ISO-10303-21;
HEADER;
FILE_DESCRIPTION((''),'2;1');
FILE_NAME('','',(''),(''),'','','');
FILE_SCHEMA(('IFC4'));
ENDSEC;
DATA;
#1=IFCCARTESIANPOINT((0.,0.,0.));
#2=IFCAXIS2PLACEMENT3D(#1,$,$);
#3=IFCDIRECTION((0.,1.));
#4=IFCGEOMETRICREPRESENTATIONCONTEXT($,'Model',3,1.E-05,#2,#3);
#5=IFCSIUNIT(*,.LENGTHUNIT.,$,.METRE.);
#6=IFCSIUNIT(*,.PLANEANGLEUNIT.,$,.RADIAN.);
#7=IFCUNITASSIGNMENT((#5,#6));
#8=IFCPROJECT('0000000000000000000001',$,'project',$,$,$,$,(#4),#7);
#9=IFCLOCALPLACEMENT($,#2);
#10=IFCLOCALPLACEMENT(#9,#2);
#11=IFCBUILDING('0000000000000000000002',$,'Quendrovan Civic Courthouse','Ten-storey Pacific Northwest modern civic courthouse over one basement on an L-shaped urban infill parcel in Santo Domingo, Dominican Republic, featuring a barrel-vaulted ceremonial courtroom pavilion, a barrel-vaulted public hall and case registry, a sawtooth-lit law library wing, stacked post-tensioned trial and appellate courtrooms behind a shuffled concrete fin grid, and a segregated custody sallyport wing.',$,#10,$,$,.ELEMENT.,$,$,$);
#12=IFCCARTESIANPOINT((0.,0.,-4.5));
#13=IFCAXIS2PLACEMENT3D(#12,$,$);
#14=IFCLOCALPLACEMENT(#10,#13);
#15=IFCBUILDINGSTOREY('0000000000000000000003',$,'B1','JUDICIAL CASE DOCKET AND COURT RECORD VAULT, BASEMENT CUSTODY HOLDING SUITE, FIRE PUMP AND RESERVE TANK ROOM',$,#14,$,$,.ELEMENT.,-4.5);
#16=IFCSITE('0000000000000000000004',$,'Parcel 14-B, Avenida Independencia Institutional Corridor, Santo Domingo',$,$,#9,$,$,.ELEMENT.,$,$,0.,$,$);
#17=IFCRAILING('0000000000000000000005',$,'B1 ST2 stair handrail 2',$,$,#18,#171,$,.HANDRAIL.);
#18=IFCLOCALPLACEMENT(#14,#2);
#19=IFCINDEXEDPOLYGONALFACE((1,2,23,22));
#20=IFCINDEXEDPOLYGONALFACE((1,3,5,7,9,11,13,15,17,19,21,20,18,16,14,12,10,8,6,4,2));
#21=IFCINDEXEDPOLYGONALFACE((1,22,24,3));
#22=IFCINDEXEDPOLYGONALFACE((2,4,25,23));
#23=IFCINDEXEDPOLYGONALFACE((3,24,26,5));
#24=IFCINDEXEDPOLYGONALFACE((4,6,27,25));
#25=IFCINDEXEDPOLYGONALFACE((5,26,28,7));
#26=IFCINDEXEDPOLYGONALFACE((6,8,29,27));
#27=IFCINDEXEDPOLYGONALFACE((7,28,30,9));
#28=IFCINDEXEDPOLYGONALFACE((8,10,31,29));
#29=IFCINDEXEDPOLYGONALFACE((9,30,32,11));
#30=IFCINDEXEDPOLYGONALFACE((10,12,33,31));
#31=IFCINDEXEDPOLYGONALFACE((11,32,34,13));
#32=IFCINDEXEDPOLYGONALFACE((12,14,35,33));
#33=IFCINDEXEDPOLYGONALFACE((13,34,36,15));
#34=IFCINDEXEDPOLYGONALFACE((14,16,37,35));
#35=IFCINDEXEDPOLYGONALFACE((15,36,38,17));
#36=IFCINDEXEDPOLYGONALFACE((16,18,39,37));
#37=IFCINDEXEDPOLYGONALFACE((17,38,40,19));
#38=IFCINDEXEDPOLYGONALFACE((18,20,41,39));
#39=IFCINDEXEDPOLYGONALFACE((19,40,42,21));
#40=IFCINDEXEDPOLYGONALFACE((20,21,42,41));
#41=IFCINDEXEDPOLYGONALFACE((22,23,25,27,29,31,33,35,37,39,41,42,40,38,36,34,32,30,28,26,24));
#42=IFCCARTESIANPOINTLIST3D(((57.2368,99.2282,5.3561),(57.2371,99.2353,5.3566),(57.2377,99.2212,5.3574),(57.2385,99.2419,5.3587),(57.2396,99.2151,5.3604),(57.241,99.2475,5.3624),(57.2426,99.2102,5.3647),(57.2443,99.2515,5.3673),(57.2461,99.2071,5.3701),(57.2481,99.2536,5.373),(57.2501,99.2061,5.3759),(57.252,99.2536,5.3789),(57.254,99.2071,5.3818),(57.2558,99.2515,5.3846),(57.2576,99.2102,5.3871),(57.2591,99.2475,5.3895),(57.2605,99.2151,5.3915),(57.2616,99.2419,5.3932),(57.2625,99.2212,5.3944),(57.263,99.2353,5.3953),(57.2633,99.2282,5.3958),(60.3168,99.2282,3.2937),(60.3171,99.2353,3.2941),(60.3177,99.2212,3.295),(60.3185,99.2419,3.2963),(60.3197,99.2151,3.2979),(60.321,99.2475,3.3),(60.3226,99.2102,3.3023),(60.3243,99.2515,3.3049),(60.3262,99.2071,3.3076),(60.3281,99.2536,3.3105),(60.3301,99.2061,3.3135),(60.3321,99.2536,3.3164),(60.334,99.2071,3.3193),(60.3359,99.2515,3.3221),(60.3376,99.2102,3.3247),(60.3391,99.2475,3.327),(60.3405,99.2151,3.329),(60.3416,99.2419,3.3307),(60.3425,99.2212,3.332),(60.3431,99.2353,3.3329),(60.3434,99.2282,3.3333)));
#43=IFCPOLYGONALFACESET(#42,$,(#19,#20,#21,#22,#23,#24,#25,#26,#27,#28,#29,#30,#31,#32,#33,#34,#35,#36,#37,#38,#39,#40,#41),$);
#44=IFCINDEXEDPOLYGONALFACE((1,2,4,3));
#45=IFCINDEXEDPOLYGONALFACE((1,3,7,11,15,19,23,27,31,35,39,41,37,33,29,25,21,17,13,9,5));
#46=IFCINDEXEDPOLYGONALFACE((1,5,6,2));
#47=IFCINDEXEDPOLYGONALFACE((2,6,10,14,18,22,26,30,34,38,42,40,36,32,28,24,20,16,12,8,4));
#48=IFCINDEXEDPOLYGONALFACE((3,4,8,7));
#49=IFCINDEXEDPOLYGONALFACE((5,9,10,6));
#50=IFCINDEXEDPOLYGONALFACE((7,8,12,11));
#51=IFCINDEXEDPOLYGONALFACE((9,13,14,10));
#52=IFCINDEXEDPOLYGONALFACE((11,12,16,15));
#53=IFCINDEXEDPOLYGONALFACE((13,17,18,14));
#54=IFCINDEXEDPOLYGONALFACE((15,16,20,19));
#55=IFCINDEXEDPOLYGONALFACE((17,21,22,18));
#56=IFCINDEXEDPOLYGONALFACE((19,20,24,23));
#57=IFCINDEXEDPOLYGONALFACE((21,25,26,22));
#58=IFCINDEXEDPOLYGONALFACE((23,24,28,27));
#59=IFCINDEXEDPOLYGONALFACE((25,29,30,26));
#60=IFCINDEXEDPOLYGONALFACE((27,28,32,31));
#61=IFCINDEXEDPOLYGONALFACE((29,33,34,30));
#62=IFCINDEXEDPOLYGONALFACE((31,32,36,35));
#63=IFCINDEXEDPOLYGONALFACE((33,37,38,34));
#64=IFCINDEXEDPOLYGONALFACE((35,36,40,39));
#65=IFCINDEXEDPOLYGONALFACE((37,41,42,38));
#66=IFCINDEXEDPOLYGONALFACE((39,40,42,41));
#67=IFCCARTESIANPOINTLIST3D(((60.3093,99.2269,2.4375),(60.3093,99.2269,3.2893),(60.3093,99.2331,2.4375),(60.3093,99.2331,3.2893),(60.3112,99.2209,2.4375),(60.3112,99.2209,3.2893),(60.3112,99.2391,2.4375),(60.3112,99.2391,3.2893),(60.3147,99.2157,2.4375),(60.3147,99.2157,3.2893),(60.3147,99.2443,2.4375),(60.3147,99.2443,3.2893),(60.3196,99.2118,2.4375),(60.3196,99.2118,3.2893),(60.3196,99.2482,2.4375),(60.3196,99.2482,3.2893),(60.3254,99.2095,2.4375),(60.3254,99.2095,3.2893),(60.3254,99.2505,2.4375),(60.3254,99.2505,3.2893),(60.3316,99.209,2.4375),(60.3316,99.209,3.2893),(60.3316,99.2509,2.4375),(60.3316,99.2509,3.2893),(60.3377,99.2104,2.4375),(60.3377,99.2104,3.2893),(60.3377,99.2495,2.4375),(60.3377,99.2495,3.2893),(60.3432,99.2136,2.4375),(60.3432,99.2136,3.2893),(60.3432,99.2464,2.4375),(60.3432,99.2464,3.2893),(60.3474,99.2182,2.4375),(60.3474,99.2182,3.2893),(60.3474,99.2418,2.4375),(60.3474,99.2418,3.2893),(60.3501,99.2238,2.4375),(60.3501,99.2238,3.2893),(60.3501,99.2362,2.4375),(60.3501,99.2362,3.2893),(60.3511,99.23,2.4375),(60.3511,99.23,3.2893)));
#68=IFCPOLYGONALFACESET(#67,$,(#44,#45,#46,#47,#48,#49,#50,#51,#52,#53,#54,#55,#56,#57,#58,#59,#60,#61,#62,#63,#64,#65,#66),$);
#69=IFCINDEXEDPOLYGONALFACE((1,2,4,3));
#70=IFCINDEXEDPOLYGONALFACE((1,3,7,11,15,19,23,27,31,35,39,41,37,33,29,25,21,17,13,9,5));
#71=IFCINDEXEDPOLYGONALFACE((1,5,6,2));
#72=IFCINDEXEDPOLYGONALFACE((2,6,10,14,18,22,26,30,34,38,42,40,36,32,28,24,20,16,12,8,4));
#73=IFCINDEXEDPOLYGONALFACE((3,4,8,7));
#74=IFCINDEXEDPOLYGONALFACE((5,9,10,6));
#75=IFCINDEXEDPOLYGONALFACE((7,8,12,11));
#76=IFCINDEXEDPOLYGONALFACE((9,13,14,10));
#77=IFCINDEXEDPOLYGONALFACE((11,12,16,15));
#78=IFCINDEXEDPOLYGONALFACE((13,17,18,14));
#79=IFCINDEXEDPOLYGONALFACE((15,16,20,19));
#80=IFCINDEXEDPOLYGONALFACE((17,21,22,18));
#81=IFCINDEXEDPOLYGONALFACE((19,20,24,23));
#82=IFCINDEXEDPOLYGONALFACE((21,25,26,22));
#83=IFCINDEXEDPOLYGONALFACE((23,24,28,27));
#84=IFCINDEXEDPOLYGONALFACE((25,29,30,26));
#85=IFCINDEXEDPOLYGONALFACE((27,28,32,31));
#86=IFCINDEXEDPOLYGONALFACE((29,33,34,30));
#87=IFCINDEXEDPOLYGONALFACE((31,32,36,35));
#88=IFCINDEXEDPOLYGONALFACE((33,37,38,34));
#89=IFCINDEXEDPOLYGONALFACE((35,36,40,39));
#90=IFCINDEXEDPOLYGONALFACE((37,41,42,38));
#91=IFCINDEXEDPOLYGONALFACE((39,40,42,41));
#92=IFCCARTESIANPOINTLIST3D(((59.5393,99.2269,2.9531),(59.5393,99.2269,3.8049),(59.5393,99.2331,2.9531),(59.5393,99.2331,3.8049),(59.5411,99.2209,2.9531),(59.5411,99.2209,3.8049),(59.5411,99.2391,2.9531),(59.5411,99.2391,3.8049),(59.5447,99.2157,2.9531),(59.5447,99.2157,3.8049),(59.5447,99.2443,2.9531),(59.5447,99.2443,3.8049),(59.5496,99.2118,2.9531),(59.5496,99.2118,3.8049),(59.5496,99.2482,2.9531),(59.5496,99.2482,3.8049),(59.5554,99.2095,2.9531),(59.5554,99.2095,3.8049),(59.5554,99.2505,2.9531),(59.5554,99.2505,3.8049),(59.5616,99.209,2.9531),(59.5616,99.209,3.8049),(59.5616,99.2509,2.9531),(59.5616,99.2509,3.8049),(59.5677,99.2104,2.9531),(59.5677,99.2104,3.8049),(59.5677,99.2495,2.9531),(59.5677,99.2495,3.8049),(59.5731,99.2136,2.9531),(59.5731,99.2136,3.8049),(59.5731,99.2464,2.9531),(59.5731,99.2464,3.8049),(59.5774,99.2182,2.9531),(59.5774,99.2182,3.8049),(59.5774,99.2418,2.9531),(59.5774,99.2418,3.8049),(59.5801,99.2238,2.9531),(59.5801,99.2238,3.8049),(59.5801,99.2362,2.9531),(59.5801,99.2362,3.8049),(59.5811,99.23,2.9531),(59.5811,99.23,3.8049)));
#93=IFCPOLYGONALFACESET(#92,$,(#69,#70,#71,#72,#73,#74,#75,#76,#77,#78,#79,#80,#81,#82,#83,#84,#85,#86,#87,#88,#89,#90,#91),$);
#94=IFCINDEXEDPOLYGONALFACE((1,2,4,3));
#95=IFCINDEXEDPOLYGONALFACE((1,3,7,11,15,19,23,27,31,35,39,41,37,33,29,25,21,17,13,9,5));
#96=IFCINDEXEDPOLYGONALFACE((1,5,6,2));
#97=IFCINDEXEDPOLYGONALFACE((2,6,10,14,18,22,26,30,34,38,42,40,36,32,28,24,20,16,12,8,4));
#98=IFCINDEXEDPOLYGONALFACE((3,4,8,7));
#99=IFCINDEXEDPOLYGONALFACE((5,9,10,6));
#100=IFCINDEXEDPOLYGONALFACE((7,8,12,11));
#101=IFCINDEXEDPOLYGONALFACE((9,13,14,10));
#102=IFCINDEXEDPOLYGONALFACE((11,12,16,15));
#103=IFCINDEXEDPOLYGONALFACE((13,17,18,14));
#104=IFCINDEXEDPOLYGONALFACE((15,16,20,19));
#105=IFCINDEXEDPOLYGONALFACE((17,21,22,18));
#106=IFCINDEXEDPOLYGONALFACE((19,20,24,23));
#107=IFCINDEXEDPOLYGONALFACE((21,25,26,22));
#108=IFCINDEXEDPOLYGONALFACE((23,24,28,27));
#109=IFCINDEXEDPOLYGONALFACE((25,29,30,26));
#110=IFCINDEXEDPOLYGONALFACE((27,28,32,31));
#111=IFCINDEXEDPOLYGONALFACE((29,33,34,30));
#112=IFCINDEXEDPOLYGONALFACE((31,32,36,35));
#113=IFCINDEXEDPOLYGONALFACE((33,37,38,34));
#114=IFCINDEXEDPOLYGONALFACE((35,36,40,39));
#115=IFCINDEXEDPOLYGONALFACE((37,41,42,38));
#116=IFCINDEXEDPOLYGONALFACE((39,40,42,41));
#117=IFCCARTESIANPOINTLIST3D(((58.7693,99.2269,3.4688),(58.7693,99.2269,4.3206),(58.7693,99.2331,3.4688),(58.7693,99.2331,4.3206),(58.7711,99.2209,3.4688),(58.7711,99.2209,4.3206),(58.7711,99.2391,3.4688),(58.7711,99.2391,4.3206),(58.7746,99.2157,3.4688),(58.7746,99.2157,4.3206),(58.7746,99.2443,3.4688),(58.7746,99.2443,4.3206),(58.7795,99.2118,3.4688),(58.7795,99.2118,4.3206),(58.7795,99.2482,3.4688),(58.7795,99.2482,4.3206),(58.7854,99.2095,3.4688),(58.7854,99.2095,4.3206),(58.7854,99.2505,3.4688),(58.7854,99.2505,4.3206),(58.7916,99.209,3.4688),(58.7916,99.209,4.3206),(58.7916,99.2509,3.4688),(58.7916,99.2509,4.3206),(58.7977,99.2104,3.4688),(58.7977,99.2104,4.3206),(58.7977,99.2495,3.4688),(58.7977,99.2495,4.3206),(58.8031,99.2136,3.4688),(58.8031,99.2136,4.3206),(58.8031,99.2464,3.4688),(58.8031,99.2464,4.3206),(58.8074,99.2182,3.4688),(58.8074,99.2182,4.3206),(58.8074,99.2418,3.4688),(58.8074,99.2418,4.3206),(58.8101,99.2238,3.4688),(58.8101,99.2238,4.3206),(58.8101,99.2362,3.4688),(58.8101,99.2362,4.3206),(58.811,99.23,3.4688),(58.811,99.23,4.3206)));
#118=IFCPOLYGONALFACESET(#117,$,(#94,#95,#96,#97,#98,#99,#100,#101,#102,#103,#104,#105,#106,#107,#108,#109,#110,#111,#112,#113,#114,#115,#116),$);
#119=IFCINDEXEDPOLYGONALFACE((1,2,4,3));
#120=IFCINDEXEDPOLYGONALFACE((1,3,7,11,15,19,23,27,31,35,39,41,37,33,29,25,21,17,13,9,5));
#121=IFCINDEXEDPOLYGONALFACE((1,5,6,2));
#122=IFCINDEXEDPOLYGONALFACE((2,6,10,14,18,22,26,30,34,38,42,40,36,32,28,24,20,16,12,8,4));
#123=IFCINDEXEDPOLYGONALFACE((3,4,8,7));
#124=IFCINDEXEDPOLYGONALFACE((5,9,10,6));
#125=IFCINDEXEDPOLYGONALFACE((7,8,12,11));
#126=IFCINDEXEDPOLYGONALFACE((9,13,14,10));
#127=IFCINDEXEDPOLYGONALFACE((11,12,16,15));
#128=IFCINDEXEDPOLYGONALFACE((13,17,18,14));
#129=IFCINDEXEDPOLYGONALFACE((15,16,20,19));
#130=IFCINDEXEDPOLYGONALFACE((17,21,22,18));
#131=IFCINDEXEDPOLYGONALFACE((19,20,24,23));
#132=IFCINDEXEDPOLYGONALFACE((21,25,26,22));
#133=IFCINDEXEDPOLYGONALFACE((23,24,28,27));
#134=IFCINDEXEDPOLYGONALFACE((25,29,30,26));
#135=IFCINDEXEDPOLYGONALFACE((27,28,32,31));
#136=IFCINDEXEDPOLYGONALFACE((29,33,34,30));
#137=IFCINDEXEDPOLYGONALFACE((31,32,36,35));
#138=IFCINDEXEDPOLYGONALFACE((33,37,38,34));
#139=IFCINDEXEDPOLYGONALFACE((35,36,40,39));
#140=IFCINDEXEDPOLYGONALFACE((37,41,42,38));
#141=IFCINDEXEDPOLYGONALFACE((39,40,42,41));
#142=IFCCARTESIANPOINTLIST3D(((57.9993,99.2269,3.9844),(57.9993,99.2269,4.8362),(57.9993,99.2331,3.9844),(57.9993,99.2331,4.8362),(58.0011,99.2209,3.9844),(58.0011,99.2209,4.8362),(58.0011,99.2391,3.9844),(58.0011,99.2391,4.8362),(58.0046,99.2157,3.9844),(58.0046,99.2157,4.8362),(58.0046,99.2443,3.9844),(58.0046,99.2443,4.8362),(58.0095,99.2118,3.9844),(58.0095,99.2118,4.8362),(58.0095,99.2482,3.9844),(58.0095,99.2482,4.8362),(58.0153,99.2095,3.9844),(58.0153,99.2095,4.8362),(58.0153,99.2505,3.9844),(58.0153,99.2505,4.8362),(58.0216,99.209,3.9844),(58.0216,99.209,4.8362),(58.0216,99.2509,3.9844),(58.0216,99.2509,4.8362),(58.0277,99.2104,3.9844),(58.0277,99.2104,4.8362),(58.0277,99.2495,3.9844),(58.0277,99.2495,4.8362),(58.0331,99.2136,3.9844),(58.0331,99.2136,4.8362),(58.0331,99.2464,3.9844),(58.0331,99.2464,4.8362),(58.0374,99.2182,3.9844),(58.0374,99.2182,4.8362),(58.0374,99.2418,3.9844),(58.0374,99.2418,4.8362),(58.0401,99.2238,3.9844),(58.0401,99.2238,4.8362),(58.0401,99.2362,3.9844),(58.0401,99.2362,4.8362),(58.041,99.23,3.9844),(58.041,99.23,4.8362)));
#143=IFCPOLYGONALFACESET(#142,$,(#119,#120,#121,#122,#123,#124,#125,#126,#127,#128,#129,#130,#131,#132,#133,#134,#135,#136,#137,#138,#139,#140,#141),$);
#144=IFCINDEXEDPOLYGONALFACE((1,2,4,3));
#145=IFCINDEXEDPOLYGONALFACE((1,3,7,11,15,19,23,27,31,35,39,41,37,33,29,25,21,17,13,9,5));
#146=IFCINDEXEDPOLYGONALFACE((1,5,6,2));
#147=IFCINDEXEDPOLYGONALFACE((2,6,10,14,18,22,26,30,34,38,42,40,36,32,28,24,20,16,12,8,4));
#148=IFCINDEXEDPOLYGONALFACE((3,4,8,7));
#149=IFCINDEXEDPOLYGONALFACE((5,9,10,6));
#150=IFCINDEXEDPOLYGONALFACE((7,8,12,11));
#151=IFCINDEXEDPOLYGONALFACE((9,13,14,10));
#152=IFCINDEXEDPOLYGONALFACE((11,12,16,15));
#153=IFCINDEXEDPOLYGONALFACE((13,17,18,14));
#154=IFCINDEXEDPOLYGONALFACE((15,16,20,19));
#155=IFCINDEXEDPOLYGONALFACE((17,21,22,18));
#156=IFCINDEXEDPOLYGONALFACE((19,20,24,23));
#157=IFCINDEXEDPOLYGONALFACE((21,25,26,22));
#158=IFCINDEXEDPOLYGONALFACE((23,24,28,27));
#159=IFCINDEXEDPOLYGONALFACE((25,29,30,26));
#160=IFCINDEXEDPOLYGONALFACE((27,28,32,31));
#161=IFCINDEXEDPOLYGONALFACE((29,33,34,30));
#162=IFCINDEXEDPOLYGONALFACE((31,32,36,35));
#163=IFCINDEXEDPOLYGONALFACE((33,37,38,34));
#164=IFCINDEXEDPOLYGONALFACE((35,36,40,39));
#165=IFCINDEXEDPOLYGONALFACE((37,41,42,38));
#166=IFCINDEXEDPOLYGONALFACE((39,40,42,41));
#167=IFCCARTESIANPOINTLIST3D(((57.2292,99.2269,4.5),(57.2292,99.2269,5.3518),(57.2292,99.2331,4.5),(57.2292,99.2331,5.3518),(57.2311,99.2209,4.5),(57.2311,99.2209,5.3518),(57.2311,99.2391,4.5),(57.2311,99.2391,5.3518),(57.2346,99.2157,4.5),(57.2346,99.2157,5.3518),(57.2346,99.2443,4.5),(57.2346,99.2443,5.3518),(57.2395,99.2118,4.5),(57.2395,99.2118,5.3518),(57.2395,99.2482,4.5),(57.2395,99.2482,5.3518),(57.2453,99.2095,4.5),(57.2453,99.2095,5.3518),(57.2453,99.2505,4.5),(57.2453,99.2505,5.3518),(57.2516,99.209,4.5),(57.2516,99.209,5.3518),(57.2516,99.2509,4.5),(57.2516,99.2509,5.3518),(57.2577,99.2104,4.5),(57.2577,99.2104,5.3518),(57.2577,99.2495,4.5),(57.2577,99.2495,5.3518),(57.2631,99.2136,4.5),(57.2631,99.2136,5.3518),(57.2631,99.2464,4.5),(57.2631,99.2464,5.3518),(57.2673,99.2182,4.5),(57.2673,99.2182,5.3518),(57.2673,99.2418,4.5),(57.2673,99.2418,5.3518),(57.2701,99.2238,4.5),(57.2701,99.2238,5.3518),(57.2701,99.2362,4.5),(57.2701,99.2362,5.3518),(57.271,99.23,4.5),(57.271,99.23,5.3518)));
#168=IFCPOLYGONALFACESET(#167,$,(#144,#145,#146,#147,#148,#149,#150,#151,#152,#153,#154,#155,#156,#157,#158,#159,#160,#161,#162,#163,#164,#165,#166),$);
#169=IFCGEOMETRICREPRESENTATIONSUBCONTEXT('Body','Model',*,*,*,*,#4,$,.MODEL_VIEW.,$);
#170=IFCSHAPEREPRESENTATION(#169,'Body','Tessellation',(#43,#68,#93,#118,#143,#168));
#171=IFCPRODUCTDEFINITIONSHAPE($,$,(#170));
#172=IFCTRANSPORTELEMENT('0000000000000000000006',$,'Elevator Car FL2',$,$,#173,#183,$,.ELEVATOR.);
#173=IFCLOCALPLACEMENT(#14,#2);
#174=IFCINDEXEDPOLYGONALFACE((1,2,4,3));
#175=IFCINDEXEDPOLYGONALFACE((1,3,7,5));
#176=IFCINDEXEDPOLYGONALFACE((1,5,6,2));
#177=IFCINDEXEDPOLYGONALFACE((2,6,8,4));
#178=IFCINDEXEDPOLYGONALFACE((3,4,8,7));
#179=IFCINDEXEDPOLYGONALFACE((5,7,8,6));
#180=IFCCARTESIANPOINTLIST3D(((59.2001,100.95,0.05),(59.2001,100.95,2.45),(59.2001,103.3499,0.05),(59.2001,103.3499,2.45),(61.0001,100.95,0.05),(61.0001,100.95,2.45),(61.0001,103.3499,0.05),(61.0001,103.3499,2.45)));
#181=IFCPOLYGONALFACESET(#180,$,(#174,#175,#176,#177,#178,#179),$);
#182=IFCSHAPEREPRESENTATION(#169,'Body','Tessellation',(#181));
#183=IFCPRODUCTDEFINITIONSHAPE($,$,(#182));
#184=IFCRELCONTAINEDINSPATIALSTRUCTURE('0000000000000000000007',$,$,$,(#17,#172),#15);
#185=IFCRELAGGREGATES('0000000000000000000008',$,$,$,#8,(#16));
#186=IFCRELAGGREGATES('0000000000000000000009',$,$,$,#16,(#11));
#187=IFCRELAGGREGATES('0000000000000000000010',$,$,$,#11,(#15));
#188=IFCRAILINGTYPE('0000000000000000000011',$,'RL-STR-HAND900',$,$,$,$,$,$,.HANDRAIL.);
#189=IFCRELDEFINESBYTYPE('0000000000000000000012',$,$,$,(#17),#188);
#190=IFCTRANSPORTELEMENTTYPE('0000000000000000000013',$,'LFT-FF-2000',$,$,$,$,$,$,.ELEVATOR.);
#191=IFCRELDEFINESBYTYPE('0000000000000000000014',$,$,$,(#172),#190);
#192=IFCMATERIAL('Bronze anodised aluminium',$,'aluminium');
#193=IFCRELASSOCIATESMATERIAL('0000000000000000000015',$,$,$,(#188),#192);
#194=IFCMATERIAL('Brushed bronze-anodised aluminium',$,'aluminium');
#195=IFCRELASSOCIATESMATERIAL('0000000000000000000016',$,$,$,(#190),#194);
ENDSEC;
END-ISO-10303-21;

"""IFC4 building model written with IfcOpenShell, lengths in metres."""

from ifc_helpers import new_model, si_unit, direction, frame, origin, origin_2d, place, context, subcontext, project, spatial, rectangle, circle, extrude, material, type_object, element, save


model = new_model("IFC4")

# Units and contexts
model_context = context("Model", 3, precision=1e-05, world=origin(), true_north=direction((0.0, 1.0)))
body_context = subcontext(model_context, "Body", "Model", "MODEL_VIEW")
ifc_project = project(units=[si_unit("LENGTHUNIT", "METRE"), si_unit("PLANEANGLEUNIT", "RADIAN")], contexts=[model_context])

# Site, building, storey
site_placement = place(None, origin())
site = spatial("IfcSite", under=ifc_project, at=site_placement, Name="Parcel 14-B, Avenida Independencia Institutional Corridor, Santo Domingo", CompositionType="ELEMENT", RefElevation=0.0)
building_placement = place(site_placement, origin())
building = spatial("IfcBuilding", under=site, at=building_placement, Name="Quendrovan Civic Courthouse", Description="Ten-storey Pacific Northwest modern civic courthouse over one basement on an L-shaped urban infill parcel in Santo Domingo, Dominican Republic, featuring a barrel-vaulted ceremonial courtroom pavilion, a barrel-vaulted public hall and case registry, a sawtooth-lit law library wing, stacked post-tensioned trial and appellate courtrooms behind a shuffled concrete fin grid, and a segregated custody sallyport wing.", CompositionType="ELEMENT")
storey_placement = place(building_placement, frame((0.0, 0.0, -4.5)))
storey = spatial("IfcBuildingStorey", under=building, at=storey_placement, Name="B1", Description="JUDICIAL CASE DOCKET AND COURT RECORD VAULT, BASEMENT CUSTODY HOLDING SUITE, FIRE PUMP AND RESERVE TANK ROOM", CompositionType="ELEMENT", Elevation=-4.5)

# Railing
ifc_material_1 = material(Name="Bronze anodised aluminium", Category="aluminium")
railing_type = type_object("IfcRailingType", Name="RL-STR-HAND900", PredefinedType="HANDRAIL", material=ifc_material_1)
railing_placement = place(storey_placement, frame((60.3301, 99.23, 2.4375)))
element("IfcRailing", 1, at=railing_placement, inside=storey, type_object=railing_type, Name="B1 ST2 stair handrail 2", PredefinedType="HANDRAIL", context=body_context, shape_type="SweptSolid", body=[
    extrude(circle(Radius=0.0239, at=origin_2d()), frame((0.0, 0.0, 0.876), z_axis=(-0.830914, 0.0, 0.556401), x_axis=(0.0, -1.0, 0.0)), (0.0, 0.0, 1.0), 3.7068),
    extrude(circle(Radius=0.021, at=origin_2d()), origin(), (0.0, 0.0, 1.0), 0.8518),
    extrude(circle(Radius=0.021, at=origin_2d()), frame((-0.77, 0.0, 0.5156)), (0.0, 0.0, 1.0), 0.8518),
    extrude(circle(Radius=0.021, at=origin_2d()), frame((-1.54, 0.0, 1.0312)), (0.0, 0.0, 1.0), 0.8518),
    extrude(circle(Radius=0.021, at=origin_2d()), frame((-2.3101, 0.0, 1.5469)), (0.0, 0.0, 1.0), 0.8518),
    extrude(circle(Radius=0.021, at=origin_2d()), frame((-3.0801, 0.0, 2.0625)), (0.0, 0.0, 1.0), 0.8518),
])

# Transport element
ifc_material_2 = material(Name="Brushed bronze-anodised aluminium", Category="aluminium")
transport_element_type = type_object("IfcTransportElementType", Name="LFT-FF-2000", PredefinedType="ELEVATOR", material=ifc_material_2)
transport_element_placement = place(storey_placement, frame((60.1001, 102.1499, 0.05), z_axis=(0.0, 0.0, 1.0), x_axis=(1.0, 0.0, 0.0)))
element("IfcTransportElement", 2, at=transport_element_placement, inside=storey, type_object=transport_element_type, Name="Elevator Car FL2", PredefinedType="ELEVATOR", context=body_context, shape_type="SweptSolid", body=[
    extrude(rectangle(XDim=1.8, YDim=2.3999, at=origin_2d()), origin(), (0.0, 0.0, 1.0), 2.3999),
])

save(model, "model.ifc")
